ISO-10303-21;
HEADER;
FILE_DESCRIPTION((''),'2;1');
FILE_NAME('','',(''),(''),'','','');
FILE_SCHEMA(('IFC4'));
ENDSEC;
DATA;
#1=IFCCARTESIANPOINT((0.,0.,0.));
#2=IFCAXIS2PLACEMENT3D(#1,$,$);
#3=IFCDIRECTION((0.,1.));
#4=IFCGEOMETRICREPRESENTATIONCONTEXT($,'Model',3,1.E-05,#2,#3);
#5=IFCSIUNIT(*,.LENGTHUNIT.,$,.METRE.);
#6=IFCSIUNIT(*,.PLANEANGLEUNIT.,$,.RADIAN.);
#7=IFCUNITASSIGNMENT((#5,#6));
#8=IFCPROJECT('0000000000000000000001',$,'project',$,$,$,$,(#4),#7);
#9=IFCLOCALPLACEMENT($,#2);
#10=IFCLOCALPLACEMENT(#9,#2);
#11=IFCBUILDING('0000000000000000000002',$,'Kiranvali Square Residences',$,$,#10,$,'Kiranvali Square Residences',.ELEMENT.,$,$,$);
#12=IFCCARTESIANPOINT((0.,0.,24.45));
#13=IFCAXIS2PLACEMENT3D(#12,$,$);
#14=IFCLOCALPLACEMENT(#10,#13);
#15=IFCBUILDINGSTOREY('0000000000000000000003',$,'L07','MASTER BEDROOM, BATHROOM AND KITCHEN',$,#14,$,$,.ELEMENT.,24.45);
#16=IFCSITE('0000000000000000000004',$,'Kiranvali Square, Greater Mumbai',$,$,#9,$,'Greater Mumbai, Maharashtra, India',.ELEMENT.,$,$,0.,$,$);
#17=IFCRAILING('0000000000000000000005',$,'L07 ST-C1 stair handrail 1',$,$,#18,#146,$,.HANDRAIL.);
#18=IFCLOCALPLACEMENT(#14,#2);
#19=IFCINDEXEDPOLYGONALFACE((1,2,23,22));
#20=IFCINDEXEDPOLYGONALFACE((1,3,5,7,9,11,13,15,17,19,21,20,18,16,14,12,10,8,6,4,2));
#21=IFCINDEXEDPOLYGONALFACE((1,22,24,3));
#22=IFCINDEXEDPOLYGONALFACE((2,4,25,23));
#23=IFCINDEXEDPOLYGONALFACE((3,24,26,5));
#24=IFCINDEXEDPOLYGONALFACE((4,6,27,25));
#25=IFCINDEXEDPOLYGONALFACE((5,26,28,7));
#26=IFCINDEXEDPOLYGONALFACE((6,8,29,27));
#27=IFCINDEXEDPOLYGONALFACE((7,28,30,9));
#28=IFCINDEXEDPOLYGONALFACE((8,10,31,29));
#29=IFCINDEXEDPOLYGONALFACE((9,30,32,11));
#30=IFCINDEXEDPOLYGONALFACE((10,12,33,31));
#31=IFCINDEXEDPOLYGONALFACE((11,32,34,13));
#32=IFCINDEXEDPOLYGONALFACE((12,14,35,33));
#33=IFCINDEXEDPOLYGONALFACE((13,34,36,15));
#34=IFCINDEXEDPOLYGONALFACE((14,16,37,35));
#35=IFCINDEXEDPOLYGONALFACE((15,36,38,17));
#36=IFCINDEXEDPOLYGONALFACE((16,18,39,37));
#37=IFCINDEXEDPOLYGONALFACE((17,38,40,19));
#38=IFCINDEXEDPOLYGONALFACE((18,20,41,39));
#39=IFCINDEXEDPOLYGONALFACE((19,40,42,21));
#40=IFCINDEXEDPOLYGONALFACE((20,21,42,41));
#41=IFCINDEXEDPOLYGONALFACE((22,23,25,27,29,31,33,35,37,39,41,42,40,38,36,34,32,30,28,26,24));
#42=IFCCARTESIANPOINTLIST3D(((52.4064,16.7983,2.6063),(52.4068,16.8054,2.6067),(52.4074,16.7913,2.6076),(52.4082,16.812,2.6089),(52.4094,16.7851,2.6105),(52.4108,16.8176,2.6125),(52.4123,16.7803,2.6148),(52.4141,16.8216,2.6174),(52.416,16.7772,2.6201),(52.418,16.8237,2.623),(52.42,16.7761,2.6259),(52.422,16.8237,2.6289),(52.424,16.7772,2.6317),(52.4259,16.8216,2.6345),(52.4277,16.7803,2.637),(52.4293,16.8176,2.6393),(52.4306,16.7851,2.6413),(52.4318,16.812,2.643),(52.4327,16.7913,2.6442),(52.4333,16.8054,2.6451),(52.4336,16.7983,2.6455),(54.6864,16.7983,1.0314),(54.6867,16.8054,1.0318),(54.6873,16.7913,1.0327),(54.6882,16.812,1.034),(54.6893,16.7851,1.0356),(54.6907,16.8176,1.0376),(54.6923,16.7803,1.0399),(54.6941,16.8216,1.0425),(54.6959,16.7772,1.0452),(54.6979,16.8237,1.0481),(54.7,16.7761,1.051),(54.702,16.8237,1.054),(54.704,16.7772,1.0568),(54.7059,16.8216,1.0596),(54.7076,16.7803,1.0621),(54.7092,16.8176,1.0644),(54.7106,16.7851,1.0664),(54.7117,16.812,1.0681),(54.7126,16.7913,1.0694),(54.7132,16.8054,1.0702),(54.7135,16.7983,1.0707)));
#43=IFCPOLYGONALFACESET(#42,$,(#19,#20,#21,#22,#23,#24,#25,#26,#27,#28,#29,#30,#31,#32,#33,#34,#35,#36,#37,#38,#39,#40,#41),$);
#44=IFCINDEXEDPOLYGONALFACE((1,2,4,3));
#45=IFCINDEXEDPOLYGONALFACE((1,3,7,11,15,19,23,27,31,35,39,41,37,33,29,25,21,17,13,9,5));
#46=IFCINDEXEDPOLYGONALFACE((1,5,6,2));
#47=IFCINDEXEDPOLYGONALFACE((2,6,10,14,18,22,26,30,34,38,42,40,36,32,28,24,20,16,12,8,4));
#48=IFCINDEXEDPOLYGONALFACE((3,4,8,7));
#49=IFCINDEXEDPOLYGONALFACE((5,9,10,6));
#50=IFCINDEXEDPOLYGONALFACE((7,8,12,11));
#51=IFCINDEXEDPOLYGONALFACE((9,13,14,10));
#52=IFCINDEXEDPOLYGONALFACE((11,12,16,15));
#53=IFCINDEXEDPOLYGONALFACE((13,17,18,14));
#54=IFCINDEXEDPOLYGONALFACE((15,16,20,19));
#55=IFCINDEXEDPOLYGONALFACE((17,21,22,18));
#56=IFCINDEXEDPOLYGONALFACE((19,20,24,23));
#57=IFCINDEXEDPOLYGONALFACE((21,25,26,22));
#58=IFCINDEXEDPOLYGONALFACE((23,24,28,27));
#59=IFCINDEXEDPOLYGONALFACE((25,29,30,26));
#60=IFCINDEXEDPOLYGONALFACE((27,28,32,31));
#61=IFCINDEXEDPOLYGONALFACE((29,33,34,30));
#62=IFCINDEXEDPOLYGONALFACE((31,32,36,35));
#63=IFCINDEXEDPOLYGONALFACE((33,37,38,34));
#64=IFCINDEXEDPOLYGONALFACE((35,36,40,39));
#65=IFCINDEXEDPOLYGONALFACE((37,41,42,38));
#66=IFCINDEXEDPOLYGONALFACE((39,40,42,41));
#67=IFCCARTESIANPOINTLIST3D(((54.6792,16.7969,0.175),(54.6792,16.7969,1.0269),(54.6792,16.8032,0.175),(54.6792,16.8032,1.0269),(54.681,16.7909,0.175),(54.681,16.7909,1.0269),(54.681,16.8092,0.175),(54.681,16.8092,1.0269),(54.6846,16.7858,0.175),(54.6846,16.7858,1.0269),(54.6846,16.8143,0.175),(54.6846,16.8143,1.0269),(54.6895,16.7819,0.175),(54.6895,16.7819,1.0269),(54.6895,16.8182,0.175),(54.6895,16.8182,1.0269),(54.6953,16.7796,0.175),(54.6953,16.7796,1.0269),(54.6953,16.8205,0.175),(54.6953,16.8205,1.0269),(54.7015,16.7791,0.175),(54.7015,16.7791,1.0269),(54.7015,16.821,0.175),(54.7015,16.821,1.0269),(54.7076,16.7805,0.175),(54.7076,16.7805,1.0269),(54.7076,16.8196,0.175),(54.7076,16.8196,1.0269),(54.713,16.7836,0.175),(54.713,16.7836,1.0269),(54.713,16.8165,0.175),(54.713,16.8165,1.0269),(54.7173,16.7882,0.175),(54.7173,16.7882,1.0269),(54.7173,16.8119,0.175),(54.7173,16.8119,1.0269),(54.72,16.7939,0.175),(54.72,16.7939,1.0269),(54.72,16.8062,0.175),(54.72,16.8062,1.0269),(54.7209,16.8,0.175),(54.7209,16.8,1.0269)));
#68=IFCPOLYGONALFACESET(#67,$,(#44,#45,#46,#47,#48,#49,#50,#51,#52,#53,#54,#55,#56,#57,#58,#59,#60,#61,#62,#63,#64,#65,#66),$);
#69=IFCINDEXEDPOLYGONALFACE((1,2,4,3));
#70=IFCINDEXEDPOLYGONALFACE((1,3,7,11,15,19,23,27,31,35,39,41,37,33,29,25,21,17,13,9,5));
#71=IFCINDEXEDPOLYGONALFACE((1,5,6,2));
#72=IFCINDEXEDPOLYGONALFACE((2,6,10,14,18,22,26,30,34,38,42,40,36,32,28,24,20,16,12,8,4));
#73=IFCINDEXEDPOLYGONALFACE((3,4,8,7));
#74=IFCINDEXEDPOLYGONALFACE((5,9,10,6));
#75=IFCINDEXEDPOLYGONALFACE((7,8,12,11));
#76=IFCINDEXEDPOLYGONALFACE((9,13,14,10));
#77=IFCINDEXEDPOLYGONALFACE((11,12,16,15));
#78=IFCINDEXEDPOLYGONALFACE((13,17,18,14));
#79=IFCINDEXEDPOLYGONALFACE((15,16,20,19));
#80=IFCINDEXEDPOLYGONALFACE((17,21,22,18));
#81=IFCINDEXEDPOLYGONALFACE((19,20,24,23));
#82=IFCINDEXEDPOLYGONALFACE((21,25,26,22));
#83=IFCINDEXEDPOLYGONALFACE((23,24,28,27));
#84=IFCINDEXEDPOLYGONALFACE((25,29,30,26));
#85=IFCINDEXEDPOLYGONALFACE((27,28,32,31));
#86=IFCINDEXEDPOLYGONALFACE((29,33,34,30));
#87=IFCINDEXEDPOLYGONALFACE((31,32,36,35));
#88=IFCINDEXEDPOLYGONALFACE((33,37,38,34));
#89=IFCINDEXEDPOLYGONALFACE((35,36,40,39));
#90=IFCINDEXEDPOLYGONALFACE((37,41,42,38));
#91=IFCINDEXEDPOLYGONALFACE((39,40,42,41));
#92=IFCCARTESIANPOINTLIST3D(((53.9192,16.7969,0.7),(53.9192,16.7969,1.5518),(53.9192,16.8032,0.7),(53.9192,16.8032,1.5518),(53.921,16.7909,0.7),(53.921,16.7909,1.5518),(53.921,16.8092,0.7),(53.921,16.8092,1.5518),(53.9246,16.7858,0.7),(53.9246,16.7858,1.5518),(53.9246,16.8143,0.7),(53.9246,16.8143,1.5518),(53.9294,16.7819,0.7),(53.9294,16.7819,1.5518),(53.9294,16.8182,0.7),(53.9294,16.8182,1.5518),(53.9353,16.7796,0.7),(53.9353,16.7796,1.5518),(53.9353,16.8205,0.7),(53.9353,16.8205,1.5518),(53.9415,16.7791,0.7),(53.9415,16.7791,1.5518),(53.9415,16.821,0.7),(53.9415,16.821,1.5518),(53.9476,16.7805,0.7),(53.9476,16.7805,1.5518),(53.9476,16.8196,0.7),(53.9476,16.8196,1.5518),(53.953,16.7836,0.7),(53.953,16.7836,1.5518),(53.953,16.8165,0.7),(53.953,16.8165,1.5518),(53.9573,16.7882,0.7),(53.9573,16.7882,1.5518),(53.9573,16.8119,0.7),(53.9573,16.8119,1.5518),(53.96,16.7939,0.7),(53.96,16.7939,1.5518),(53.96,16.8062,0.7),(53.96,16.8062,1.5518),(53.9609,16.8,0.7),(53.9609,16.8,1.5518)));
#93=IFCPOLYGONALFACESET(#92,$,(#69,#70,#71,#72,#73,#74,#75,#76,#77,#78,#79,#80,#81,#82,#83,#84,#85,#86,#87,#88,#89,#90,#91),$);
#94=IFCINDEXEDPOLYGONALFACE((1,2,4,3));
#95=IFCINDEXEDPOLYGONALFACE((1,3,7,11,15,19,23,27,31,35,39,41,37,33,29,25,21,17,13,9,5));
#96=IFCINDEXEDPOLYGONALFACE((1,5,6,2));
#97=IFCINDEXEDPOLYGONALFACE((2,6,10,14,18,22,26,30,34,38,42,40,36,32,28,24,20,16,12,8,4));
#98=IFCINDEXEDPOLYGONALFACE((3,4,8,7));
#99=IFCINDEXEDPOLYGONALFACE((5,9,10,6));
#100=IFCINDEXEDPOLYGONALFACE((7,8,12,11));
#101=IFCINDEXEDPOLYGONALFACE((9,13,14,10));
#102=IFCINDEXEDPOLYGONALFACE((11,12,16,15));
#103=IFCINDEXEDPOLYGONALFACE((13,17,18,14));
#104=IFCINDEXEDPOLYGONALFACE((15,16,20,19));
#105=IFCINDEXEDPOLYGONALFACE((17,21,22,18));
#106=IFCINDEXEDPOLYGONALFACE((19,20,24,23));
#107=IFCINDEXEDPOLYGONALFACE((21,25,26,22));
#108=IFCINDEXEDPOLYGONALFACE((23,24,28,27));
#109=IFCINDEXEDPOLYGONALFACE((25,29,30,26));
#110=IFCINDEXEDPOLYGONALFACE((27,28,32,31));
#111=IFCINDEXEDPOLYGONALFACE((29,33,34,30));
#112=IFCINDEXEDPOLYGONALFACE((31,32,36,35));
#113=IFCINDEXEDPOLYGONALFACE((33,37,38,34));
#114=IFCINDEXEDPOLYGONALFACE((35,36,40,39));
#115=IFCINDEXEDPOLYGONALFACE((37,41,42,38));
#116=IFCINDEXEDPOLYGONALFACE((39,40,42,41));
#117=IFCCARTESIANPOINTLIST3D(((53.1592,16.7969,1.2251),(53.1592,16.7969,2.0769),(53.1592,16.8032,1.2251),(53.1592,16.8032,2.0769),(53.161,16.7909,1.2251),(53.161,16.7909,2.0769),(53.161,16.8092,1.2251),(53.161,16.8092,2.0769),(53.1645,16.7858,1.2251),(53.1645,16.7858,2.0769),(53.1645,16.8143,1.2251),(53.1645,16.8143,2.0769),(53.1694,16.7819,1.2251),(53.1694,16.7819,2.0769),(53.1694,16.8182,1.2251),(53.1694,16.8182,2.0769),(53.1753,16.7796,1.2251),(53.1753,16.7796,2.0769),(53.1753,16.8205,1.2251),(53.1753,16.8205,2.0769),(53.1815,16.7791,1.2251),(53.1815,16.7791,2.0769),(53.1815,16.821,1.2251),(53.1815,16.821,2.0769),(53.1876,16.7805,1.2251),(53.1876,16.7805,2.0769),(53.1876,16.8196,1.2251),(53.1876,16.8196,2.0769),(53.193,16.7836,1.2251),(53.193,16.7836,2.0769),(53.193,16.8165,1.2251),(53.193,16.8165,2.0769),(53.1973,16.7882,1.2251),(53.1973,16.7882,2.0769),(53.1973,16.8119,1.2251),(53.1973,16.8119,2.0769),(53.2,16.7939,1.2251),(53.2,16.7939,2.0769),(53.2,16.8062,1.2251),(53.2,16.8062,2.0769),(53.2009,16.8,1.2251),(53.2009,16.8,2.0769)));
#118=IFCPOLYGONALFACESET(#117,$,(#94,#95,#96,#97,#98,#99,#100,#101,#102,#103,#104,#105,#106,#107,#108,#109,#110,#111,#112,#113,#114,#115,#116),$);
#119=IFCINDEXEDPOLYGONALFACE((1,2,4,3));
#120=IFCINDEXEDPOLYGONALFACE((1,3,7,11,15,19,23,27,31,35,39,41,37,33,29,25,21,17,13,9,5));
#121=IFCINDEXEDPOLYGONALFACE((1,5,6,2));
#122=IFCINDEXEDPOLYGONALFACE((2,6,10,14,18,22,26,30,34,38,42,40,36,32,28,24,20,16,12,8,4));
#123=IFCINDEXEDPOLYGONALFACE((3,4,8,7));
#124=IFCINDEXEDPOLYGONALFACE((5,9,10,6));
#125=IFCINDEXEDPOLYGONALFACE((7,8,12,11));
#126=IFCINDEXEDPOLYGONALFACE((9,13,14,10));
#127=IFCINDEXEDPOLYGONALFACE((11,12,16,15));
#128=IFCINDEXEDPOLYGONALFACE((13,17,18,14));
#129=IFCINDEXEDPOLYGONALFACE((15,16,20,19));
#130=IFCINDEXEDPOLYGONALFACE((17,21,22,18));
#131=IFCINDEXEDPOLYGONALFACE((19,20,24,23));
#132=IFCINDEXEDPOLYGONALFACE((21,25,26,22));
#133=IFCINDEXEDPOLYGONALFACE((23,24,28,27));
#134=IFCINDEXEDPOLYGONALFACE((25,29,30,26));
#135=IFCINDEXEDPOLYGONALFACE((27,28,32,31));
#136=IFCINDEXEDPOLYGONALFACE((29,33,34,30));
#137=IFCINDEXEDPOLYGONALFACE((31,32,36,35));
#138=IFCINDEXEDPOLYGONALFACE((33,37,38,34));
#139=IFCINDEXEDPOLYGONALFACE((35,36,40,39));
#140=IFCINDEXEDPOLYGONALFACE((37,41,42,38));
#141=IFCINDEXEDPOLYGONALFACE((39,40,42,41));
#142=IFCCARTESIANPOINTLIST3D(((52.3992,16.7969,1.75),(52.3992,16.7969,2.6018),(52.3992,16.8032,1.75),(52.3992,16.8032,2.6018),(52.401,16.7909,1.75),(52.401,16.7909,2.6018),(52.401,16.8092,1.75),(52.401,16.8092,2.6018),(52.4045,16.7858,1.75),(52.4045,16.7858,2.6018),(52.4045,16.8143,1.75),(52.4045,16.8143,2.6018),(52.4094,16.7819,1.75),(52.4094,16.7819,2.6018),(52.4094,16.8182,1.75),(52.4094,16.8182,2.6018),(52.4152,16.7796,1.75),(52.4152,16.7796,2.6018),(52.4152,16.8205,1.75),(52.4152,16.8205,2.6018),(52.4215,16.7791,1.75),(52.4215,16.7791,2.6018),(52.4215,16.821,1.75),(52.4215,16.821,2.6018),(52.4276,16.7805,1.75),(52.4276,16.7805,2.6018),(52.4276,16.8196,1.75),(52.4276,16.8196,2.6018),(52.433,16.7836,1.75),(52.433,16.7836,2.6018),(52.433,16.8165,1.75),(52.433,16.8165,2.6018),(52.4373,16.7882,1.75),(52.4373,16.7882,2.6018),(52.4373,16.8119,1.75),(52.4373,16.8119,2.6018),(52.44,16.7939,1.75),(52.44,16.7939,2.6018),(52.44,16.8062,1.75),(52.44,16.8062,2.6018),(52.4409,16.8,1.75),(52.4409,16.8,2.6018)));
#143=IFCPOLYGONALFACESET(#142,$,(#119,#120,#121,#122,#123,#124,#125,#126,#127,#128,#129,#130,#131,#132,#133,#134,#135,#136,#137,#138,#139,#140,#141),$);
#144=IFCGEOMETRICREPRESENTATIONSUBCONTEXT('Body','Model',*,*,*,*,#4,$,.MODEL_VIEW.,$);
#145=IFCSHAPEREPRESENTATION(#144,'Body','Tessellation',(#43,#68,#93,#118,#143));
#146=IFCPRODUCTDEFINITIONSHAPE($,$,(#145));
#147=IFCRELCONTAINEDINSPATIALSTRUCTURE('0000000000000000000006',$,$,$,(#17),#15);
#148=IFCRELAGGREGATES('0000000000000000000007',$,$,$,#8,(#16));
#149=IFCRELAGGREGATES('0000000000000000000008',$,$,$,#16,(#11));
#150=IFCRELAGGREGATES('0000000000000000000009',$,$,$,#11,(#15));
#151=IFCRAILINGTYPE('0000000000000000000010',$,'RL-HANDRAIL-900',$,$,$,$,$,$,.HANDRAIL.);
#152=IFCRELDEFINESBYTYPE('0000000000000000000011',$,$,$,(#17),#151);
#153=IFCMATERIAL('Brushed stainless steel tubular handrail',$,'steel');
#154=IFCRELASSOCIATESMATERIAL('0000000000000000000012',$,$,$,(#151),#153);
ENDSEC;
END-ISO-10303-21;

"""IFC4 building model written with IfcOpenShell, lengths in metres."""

from ifc_helpers import new_model, si_unit, direction, frame, origin, origin_2d, place, context, subcontext, project, spatial, circle, extrude, material, type_object, element, save


model = new_model("IFC4")

# Units and contexts
model_context = context("Model", 3, precision=1e-05, world=origin(), true_north=direction((0.0, 1.0)))
body_context = subcontext(model_context, "Body", "Model", "MODEL_VIEW")
ifc_project = project(units=[si_unit("LENGTHUNIT", "METRE"), si_unit("PLANEANGLEUNIT", "RADIAN")], contexts=[model_context])

# Site, building, storey
site_placement = place(None, origin())
site = spatial("IfcSite", under=ifc_project, at=site_placement, Name="Kiranvali Square, Greater Mumbai", LongName="Greater Mumbai, Maharashtra, India", CompositionType="ELEMENT", RefElevation=0.0)
building_placement = place(site_placement, origin())
building = spatial("IfcBuilding", under=site, at=building_placement, Name="Kiranvali Square Residences", LongName="Kiranvali Square Residences", CompositionType="ELEMENT")
storey_placement = place(building_placement, frame((0.0, 0.0, 24.45)))
storey = spatial("IfcBuildingStorey", under=building, at=storey_placement, Name="L07", Description="MASTER BEDROOM, BATHROOM AND KITCHEN", CompositionType="ELEMENT", Elevation=24.45)

# Railing
ifc_material_1 = material(Name="Brushed stainless steel tubular handrail", Category="steel")
railing_type_1 = type_object("IfcRailingType", Name="RL-HANDRAIL-900", PredefinedType="HANDRAIL", material=ifc_material_1)
railing_1_placement = place(storey_placement, frame((54.7, 16.8, 0.175)))
element("IfcRailing", 1, at=railing_1_placement, inside=storey, type_object=railing_type_1, Name="L07 ST-C1 stair handrail 1", PredefinedType="HANDRAIL", context=body_context, shape_type="SweptSolid", body=[
    extrude(circle(Radius=0.0239, at=origin_2d()), frame((0.0, 0.0, 0.876), z_axis=(-0.822788, 0.0, 0.568348), x_axis=(0.0, -1.0, 0.0)), (0.0, 0.0, 1.0), 2.771),
    extrude(circle(Radius=0.021, at=origin_2d()), origin(), (0.0, 0.0, 1.0), 0.8518),
    extrude(circle(Radius=0.021, at=origin_2d()), frame((-0.76, 0.0, 0.5249)), (0.0, 0.0, 1.0), 0.8518),
    extrude(circle(Radius=0.021, at=origin_2d()), frame((-1.52, 0.0, 1.05)), (0.0, 0.0, 1.0), 0.8518),
    extrude(circle(Radius=0.021, at=origin_2d()), frame((-2.28, 0.0, 1.575)), (0.0, 0.0, 1.0), 0.8518),
])

save(model, "model.ifc")
